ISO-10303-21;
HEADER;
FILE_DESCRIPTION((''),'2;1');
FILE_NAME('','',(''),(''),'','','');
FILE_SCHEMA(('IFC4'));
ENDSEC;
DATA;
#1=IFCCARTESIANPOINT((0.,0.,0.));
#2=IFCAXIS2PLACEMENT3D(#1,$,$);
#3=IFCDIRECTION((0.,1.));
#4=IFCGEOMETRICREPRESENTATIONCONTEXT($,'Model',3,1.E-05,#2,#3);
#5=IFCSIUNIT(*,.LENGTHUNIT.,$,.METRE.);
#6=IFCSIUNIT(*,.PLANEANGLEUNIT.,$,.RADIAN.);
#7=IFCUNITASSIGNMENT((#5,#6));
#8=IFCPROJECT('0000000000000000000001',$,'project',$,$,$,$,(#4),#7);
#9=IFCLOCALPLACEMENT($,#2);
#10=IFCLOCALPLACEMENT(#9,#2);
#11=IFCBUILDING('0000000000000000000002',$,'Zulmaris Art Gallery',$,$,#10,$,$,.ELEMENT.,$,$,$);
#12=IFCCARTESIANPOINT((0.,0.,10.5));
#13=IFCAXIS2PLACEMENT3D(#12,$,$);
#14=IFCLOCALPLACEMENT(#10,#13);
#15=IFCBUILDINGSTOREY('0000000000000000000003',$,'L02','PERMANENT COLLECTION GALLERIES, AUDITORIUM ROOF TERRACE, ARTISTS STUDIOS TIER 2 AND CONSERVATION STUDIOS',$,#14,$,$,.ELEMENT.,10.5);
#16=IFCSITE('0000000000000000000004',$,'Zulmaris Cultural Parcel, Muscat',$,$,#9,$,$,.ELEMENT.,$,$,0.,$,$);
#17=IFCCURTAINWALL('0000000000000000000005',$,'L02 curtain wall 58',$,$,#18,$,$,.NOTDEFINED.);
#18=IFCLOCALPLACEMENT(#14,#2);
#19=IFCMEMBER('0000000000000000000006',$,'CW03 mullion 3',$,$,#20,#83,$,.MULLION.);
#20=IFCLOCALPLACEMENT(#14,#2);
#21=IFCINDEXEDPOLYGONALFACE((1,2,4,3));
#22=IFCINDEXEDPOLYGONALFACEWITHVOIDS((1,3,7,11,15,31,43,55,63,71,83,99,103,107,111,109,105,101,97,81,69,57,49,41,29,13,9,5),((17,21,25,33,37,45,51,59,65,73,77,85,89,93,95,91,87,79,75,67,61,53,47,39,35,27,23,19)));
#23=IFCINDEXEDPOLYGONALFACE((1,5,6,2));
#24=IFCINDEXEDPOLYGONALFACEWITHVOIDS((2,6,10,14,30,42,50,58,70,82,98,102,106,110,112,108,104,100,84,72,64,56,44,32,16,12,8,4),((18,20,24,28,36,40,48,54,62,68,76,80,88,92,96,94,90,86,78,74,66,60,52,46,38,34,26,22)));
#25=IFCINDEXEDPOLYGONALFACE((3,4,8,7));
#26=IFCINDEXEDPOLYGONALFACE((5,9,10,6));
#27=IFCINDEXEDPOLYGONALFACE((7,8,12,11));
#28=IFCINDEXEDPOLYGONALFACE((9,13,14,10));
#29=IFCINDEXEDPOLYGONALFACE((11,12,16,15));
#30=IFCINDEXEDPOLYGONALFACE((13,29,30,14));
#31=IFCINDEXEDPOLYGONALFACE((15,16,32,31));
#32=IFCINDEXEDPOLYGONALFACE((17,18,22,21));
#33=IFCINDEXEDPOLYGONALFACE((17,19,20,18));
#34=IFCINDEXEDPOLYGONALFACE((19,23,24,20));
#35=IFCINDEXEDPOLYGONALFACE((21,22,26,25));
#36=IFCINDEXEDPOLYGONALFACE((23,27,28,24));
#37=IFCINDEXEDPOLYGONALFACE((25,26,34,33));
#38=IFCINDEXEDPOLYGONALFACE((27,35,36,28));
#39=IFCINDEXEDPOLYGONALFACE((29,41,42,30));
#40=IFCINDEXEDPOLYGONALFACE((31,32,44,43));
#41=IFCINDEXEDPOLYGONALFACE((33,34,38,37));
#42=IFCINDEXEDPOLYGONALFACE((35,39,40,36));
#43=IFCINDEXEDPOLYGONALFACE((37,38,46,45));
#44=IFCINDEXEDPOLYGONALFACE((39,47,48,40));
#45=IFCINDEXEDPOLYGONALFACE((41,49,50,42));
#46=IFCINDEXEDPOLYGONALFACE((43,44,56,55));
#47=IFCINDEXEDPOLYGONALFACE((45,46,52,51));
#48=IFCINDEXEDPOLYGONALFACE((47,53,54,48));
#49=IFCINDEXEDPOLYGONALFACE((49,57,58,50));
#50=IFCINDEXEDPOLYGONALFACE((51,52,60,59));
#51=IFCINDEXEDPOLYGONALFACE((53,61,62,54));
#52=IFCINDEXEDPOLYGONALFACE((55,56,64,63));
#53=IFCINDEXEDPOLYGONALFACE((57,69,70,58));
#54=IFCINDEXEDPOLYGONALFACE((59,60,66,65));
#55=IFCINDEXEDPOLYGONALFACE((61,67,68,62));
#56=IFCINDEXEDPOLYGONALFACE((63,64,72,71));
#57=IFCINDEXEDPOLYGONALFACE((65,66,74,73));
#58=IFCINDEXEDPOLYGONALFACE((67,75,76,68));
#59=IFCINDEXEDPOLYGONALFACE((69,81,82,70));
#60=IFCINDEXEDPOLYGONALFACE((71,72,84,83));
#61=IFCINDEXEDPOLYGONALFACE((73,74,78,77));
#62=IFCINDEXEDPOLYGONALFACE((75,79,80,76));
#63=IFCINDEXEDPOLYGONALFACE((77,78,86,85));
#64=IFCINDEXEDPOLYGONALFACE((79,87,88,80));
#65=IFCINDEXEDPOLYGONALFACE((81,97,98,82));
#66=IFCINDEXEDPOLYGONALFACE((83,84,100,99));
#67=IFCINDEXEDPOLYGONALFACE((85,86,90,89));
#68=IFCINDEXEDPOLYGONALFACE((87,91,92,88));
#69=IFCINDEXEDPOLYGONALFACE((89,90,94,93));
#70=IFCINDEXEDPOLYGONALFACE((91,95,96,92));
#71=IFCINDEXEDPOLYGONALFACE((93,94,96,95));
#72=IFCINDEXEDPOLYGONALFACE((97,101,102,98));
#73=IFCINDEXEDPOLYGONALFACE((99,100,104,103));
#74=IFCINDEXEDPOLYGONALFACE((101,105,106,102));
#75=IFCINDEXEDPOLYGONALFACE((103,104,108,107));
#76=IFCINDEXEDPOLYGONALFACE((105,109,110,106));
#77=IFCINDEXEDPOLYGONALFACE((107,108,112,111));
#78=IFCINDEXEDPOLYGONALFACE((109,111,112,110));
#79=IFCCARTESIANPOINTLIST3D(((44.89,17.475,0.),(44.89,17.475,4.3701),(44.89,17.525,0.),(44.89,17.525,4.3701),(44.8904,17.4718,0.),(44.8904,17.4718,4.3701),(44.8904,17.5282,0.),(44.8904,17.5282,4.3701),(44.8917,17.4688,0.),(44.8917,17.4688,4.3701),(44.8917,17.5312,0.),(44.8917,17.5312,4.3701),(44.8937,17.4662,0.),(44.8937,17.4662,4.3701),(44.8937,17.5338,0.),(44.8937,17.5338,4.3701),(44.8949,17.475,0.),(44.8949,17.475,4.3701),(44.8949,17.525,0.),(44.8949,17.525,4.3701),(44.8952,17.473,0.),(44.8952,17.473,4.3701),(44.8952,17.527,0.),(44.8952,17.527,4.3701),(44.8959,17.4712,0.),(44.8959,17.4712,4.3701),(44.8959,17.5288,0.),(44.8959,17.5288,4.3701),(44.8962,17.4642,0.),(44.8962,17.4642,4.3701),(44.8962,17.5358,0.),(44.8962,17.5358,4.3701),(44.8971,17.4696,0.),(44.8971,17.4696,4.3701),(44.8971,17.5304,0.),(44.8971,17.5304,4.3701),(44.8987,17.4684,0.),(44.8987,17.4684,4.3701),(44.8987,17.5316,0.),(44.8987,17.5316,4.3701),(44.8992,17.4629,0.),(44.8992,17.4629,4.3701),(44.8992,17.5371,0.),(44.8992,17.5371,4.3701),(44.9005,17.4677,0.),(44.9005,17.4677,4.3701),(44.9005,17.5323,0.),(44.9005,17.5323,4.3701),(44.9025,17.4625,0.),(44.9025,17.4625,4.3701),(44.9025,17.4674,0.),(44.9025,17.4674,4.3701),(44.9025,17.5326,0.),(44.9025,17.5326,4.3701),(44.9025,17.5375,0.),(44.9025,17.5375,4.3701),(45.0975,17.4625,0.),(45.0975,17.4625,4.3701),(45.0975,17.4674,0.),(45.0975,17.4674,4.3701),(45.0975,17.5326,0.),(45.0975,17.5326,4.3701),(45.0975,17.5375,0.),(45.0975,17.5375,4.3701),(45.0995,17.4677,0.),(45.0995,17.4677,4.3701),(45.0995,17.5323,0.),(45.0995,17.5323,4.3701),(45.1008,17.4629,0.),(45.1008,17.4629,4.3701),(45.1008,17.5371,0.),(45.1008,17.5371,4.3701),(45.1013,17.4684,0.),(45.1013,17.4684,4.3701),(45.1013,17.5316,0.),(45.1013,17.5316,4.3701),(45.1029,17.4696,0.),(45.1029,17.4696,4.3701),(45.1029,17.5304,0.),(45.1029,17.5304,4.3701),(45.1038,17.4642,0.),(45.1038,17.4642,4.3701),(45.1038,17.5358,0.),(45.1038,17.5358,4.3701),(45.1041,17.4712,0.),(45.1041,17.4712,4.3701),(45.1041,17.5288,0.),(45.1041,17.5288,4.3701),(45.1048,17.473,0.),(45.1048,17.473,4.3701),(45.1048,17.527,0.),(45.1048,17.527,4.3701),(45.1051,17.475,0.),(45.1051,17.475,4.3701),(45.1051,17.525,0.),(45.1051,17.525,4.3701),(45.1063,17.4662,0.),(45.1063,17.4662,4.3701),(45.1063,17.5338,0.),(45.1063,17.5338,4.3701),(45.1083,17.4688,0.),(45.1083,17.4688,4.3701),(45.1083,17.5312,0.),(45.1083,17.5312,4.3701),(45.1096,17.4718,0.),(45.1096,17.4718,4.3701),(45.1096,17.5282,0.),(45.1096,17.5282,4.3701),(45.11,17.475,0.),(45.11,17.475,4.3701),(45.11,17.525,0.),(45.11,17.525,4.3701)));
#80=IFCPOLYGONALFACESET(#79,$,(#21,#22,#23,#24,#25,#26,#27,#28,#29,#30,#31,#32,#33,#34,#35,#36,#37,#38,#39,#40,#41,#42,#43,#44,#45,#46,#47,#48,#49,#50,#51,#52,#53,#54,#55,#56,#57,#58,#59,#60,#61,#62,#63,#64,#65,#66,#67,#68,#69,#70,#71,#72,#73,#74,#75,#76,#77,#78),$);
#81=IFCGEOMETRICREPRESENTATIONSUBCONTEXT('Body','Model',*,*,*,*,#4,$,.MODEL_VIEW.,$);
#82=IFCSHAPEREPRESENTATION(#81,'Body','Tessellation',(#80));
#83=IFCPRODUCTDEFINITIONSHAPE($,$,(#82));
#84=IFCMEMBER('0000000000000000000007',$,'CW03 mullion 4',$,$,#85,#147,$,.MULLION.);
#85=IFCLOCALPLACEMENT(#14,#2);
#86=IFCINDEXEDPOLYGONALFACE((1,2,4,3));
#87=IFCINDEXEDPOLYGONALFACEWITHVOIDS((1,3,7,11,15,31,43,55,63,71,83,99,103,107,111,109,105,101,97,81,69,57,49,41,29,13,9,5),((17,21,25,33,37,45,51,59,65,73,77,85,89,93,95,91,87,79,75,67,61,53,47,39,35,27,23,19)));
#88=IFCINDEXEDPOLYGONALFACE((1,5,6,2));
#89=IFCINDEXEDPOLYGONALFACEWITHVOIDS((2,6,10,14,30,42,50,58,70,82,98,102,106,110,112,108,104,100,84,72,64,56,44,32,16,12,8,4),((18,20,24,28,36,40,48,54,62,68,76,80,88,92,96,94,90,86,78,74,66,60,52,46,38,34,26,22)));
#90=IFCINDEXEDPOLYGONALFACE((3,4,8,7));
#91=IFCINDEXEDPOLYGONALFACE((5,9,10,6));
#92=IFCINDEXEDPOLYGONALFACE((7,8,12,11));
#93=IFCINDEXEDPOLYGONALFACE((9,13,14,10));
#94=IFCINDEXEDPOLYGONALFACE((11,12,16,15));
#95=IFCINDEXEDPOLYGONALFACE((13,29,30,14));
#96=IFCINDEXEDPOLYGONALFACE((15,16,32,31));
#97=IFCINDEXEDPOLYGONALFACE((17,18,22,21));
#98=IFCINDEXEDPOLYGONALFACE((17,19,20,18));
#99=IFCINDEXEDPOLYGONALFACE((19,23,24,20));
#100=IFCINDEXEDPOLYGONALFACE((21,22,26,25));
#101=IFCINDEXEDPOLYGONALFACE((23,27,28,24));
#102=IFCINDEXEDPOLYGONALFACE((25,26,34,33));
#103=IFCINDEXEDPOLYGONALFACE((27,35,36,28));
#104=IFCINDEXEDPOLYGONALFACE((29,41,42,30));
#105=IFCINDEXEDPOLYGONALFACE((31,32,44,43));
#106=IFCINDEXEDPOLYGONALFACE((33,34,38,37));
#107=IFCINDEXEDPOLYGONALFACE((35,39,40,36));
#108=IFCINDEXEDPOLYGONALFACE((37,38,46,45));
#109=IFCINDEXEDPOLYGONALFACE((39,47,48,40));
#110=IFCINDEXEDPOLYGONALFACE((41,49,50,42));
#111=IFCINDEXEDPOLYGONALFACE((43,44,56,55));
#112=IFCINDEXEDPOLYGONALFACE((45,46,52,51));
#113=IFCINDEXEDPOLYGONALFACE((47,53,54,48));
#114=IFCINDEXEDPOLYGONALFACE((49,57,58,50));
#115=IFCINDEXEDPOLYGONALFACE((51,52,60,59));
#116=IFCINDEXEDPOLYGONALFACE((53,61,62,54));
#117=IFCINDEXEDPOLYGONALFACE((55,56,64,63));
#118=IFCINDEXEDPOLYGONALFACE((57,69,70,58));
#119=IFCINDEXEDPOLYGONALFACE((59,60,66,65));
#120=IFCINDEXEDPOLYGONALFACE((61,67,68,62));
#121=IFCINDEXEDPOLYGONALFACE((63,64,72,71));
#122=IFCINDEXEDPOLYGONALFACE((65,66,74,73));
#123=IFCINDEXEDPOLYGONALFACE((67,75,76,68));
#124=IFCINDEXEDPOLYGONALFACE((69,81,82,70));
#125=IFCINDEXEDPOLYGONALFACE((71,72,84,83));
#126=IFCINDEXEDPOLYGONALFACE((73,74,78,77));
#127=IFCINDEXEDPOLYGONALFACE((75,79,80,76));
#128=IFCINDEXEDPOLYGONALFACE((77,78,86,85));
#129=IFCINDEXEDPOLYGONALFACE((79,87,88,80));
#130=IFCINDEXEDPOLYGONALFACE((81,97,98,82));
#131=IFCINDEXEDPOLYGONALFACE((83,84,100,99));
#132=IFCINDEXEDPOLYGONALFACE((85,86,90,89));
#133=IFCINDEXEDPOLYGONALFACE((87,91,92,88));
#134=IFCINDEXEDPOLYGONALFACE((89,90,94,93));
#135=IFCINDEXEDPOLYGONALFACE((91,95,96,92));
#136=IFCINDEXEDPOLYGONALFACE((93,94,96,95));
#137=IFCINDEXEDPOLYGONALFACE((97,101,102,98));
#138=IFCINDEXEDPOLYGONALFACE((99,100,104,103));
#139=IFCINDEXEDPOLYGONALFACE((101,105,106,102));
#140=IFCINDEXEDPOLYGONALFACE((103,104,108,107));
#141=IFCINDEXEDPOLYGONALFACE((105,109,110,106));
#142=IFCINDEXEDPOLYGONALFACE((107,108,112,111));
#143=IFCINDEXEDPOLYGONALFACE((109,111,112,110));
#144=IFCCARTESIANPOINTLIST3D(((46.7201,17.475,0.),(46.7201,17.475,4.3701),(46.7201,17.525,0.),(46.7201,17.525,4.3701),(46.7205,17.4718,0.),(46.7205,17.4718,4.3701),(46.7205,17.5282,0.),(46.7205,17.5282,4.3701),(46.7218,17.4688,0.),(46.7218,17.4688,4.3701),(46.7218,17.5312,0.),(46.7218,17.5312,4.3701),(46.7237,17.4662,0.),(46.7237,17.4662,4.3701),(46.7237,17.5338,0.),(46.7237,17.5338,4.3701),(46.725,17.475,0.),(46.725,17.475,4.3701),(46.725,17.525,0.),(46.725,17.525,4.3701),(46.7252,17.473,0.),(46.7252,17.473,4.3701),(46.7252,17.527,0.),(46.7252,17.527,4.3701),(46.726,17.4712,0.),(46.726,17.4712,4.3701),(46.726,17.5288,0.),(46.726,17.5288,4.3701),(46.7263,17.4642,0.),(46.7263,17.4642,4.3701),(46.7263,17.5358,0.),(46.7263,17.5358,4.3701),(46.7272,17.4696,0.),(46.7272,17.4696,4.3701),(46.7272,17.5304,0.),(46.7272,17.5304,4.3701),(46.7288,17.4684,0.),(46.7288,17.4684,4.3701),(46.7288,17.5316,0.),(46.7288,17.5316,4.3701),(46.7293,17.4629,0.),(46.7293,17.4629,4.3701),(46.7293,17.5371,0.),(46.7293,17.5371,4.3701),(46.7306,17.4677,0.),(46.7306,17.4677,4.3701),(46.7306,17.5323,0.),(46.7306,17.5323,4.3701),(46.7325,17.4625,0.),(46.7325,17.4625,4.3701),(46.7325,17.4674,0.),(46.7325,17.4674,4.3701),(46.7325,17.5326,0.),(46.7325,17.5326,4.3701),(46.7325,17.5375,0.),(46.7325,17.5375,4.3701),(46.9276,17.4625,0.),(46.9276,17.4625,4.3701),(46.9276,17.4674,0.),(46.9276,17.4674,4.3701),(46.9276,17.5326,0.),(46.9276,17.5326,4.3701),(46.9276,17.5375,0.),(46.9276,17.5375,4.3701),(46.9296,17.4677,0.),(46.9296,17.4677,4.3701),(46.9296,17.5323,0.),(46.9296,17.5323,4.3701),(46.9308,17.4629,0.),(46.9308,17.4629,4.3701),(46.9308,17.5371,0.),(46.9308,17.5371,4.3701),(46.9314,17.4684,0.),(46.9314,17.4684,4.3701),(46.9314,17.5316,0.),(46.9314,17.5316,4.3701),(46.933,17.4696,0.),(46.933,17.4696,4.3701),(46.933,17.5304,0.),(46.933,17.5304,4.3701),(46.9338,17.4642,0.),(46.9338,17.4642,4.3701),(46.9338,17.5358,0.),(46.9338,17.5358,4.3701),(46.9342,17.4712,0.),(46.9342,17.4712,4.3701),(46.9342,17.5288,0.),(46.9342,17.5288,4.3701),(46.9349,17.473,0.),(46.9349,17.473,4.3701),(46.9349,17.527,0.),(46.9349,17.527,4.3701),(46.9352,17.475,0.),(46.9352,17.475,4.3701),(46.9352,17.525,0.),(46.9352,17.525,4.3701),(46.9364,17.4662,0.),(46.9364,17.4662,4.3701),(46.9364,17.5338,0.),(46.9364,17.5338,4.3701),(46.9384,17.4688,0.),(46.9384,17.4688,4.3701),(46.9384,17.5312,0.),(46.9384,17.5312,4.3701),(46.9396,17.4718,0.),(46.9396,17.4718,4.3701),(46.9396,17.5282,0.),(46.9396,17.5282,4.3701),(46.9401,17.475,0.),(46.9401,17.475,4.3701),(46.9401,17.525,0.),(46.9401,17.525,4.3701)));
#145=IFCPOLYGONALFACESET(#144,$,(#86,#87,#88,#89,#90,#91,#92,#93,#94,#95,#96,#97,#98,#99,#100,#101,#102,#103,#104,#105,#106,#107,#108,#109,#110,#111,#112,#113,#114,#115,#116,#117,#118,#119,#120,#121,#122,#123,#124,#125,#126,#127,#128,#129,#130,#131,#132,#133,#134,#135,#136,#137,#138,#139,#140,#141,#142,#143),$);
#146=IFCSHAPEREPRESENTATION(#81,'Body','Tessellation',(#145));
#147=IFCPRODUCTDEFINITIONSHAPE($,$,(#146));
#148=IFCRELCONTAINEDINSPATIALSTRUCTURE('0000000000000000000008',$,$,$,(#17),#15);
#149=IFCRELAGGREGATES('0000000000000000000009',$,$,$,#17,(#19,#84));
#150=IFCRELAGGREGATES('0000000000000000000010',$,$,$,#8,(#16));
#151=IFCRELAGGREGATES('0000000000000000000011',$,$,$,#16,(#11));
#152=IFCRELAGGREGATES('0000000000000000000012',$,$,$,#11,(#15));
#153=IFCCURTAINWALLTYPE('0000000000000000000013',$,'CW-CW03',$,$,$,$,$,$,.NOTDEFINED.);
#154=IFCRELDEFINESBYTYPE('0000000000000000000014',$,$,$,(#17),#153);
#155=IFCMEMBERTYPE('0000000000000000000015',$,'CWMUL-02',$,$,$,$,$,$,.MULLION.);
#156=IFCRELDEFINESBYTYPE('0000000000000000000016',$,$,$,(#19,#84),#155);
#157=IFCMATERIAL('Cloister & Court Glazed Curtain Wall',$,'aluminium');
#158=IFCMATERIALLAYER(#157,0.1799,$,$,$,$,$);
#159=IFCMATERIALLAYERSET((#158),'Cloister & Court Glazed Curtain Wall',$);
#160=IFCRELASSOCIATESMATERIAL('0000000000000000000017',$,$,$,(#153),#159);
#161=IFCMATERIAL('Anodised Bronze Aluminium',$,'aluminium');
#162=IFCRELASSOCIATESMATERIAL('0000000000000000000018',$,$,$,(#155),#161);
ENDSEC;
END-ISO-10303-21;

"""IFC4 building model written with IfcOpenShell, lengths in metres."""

from ifc_helpers import new_model, si_unit, direction, frame, origin, origin_2d, place, context, subcontext, project, spatial, hollow_rectangle, extrude, material, layer, layer_set, material_profile, profile_set, type_object, element, aggregate, save


model = new_model("IFC4")

# Units and contexts
model_context = context("Model", 3, precision=1e-05, world=origin(), true_north=direction((0.0, 1.0)))
body_context = subcontext(model_context, "Body", "Model", "MODEL_VIEW")
ifc_project = project(units=[si_unit("LENGTHUNIT", "METRE"), si_unit("PLANEANGLEUNIT", "RADIAN")], contexts=[model_context])

# Site, building, storey
site_placement = place(None, origin())
site = spatial("IfcSite", under=ifc_project, at=site_placement, Name="Zulmaris Cultural Parcel, Muscat", CompositionType="ELEMENT", RefElevation=0.0)
building_placement = place(site_placement, origin())
building = spatial("IfcBuilding", under=site, at=building_placement, Name="Zulmaris Art Gallery", CompositionType="ELEMENT")
storey_placement = place(building_placement, frame((0.0, 0.0, 10.5)))
storey = spatial("IfcBuildingStorey", under=building, at=storey_placement, Name="L02", Description="PERMANENT COLLECTION GALLERIES, AUDITORIUM ROOF TERRACE, ARTISTS STUDIOS TIER 2 AND CONSERVATION STUDIOS", CompositionType="ELEMENT", Elevation=10.5)

# Curtain wall, members
ifc_material_1 = material(Name="Cloister & Court Glazed Curtain Wall", Category="aluminium")
ifc_layer_1 = layer(ifc_material_1, 0.1799)
ifc_layer_set_1 = layer_set([ifc_layer_1], Name="Cloister & Court Glazed Curtain Wall")
curtain_wall_type = type_object("IfcCurtainWallType", Name="CW-CW03", PredefinedType="NOTDEFINED", material=ifc_layer_set_1)
curtain_wall_placement = place(storey_placement, origin())
curtain_wall = element("IfcCurtainWall", 1, at=curtain_wall_placement, inside=storey, type_object=curtain_wall_type, Name="L02 curtain wall 58", PredefinedType="NOTDEFINED")
ifc_material_2 = material(Name="Anodised Bronze Aluminium", Category="aluminium")
ifc_material_profile_1 = material_profile(ifc_material_2, hollow_rectangle(XDim=0.075, YDim=0.22, WallThickness=0.0049, InnerFilletRadius=0.0076, OuterFilletRadius=0.0125, at=origin_2d()), Name="ALU 75x220x5")
ifc_profile_set_1 = profile_set([ifc_material_profile_1], Name="Anodised Bronze Aluminium")
member_type_1 = type_object("IfcMemberType", Name="CWMUL-02", PredefinedType="MULLION", material=ifc_profile_set_1)
member_1_placement = place(storey_placement, frame((45.0, 17.5, 0.0), z_axis=(0.0, 0.0, 1.0), x_axis=(0.0, 1.0, 0.0)))
member_1 = element("IfcMember", 2, at=member_1_placement, type_object=member_type_1, Name="CW03 mullion 3", PredefinedType="MULLION", context=body_context, shape_type="SweptSolid", body=[
    extrude(hollow_rectangle(XDim=0.075, YDim=0.22, WallThickness=0.0049, InnerFilletRadius=0.0076, OuterFilletRadius=0.0125, at=origin_2d()), origin(), (0.0, 0.0, 1.0), 4.3701),
])
member_2_placement = place(storey_placement, frame((46.8301, 17.5, 0.0), z_axis=(0.0, 0.0, 1.0), x_axis=(0.0, 1.0, 0.0)))
member_2 = element("IfcMember", 3, at=member_2_placement, type_object=member_type_1, Name="CW03 mullion 4", PredefinedType="MULLION", context=body_context, shape_type="SweptSolid", body=[
    extrude(hollow_rectangle(XDim=0.075, YDim=0.22, WallThickness=0.0049, InnerFilletRadius=0.0076, OuterFilletRadius=0.0125, at=origin_2d()), origin(), (0.0, 0.0, 1.0), 4.3701),
])
aggregate(curtain_wall, [member_1, member_2])

save(model, "model.ifc")
